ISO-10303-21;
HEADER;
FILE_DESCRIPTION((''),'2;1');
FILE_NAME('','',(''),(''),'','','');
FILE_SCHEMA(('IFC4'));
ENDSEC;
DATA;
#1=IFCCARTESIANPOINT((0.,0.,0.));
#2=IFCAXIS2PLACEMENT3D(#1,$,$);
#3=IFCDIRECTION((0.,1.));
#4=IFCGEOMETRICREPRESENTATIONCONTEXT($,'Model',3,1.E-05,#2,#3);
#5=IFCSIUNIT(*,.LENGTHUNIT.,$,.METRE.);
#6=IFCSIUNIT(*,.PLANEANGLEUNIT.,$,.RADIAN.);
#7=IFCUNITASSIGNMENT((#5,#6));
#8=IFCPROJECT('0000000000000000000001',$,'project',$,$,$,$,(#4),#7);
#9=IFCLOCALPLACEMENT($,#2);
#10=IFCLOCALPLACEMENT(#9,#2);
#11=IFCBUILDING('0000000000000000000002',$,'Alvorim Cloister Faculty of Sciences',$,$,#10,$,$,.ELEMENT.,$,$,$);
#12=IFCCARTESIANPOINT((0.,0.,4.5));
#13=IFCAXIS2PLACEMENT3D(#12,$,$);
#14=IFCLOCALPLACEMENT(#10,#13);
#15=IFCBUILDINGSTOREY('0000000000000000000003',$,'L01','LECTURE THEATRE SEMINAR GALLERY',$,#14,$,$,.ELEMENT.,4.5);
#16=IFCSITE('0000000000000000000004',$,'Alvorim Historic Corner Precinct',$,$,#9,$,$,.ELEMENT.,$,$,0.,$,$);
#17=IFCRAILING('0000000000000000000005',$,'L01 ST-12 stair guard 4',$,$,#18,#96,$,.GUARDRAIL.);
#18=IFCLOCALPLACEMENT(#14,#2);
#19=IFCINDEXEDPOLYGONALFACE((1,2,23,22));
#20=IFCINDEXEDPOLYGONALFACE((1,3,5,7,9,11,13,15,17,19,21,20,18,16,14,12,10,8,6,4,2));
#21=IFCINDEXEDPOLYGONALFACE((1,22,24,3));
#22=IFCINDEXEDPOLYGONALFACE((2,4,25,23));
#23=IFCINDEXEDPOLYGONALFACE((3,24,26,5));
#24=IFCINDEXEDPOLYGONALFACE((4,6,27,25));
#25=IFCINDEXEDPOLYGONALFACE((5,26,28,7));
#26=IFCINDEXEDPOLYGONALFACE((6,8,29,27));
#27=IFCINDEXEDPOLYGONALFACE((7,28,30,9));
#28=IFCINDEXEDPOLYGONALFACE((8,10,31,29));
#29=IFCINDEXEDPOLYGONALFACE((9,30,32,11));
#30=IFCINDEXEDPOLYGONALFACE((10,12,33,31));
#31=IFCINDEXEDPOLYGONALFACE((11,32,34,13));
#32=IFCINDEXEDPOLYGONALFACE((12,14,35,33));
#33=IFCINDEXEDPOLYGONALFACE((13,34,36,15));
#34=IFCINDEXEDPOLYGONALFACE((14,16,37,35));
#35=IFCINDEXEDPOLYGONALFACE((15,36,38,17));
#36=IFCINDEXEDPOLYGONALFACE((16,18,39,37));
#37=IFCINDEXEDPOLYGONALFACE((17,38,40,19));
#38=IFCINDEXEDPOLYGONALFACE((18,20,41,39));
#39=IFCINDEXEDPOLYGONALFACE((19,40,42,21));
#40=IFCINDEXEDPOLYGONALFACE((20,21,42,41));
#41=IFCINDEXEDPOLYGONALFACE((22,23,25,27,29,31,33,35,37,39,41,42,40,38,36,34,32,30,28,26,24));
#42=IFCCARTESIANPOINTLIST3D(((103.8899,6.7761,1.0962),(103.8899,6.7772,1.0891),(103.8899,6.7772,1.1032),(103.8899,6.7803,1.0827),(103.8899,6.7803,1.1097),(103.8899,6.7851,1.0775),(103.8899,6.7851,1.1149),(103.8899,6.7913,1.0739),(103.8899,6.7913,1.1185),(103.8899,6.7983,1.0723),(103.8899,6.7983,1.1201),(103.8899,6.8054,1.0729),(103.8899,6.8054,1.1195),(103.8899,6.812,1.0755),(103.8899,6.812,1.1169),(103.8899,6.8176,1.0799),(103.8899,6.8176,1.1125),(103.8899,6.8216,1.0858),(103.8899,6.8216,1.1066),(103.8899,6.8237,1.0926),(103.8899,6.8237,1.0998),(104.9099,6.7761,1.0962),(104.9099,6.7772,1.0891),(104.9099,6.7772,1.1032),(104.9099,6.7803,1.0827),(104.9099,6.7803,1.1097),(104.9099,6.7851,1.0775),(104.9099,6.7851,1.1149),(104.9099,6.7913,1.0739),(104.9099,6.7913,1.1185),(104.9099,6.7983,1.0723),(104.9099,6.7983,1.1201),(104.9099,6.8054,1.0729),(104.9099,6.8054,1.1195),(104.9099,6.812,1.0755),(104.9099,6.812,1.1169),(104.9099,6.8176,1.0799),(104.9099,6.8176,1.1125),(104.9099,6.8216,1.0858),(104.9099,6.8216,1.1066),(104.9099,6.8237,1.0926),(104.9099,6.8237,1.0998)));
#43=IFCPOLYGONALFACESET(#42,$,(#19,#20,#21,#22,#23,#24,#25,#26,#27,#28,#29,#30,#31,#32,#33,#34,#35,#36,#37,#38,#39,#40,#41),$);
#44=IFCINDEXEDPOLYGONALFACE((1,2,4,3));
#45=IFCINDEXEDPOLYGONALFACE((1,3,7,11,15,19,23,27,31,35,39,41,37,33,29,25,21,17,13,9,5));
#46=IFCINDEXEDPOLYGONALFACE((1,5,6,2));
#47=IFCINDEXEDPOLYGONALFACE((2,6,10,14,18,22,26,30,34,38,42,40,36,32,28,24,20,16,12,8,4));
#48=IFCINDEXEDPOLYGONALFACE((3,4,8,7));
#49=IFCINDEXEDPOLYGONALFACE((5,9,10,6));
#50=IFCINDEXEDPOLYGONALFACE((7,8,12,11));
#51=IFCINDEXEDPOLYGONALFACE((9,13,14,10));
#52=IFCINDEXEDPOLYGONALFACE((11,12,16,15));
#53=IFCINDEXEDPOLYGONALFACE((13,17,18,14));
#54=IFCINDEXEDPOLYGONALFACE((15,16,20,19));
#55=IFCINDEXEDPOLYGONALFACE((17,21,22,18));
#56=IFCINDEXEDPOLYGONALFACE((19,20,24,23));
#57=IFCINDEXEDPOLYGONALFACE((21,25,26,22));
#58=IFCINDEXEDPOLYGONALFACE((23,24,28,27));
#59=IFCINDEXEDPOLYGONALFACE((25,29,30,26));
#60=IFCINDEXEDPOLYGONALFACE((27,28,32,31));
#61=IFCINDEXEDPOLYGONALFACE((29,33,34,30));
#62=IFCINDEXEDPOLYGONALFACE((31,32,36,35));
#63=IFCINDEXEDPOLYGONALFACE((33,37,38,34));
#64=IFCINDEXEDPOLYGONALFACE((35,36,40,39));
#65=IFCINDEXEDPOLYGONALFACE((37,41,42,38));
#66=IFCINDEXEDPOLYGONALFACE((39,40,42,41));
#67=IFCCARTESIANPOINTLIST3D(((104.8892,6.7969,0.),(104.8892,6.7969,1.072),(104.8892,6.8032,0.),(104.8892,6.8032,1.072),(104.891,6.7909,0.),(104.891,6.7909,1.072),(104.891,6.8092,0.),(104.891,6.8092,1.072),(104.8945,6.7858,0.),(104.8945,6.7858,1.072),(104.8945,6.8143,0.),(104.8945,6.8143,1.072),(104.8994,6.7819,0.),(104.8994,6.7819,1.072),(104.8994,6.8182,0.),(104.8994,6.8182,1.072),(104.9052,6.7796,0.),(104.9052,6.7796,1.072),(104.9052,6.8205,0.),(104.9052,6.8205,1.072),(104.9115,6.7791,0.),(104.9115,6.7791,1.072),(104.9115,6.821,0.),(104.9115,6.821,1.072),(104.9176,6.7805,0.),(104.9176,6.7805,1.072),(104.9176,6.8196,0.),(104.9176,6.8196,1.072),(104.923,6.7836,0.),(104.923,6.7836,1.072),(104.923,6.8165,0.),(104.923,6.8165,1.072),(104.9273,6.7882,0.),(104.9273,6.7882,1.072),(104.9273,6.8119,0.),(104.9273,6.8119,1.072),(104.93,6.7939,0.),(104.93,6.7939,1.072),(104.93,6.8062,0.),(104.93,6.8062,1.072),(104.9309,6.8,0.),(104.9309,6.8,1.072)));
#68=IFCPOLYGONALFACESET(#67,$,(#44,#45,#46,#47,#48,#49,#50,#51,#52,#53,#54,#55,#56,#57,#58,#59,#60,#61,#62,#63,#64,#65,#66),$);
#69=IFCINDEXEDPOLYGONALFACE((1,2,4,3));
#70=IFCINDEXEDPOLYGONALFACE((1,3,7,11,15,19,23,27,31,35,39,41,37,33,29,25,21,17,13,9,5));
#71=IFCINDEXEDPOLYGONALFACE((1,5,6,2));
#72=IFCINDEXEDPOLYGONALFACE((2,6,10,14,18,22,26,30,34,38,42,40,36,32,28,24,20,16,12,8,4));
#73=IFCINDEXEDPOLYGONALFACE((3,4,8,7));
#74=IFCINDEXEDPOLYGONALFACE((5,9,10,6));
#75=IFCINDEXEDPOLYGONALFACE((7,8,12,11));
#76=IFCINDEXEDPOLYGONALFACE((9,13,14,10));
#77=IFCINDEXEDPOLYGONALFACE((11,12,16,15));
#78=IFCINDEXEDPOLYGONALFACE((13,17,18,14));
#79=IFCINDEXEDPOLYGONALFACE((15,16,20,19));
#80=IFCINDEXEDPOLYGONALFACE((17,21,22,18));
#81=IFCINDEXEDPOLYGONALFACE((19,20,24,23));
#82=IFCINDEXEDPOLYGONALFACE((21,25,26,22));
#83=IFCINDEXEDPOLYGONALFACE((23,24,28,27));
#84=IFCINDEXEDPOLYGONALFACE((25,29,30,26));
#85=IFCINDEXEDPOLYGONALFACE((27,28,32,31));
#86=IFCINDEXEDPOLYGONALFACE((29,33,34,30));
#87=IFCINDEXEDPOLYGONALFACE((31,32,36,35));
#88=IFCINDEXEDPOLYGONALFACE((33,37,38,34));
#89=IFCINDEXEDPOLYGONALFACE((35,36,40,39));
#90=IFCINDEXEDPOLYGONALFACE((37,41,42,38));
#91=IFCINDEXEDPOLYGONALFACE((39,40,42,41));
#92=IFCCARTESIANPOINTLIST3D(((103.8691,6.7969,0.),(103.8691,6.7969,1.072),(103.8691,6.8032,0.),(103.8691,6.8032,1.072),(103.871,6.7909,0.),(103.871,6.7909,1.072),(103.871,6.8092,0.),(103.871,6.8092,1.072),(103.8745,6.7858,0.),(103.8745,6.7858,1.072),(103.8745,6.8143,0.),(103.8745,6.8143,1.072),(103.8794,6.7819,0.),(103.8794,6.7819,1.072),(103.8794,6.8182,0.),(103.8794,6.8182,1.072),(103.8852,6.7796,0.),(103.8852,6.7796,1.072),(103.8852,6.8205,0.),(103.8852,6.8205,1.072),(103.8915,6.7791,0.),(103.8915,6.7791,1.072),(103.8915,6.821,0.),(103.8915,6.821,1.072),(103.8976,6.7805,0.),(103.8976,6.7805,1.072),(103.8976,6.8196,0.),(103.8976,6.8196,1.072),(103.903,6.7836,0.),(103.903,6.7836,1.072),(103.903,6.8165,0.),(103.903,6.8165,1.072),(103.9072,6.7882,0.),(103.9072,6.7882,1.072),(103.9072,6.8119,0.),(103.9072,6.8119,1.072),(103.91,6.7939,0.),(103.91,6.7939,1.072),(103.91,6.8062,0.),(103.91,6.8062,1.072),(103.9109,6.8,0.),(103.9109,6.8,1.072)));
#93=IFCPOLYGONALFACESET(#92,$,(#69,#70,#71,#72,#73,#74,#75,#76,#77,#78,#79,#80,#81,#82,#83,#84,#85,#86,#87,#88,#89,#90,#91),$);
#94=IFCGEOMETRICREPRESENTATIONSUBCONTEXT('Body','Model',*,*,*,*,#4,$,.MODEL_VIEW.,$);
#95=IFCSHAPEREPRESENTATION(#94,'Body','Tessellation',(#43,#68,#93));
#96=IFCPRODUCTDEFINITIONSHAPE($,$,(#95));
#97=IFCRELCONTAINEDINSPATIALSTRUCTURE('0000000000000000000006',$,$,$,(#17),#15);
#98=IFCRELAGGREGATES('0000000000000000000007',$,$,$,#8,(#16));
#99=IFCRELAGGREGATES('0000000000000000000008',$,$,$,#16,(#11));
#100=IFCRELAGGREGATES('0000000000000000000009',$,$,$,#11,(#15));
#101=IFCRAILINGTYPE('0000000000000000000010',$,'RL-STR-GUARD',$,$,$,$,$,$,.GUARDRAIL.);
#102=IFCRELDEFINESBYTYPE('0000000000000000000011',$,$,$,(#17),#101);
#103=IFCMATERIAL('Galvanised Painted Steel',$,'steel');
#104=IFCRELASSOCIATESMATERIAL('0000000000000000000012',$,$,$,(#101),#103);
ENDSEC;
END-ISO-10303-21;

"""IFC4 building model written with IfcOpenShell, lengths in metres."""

from ifc_helpers import new_model, si_unit, direction, frame, origin, origin_2d, place, context, subcontext, project, spatial, circle, extrude, material, type_object, element, save


model = new_model("IFC4")

# Units and contexts
model_context = context("Model", 3, precision=1e-05, world=origin(), true_north=direction((0.0, 1.0)))
body_context = subcontext(model_context, "Body", "Model", "MODEL_VIEW")
ifc_project = project(units=[si_unit("LENGTHUNIT", "METRE"), si_unit("PLANEANGLEUNIT", "RADIAN")], contexts=[model_context])

# Site, building, storey
site_placement = place(None, origin())
site = spatial("IfcSite", under=ifc_project, at=site_placement, Name="Alvorim Historic Corner Precinct", CompositionType="ELEMENT", RefElevation=0.0)
building_placement = place(site_placement, origin())
building = spatial("IfcBuilding", under=site, at=building_placement, Name="Alvorim Cloister Faculty of Sciences", CompositionType="ELEMENT")
storey_placement = place(building_placement, frame((0.0, 0.0, 4.5)))
storey = spatial("IfcBuildingStorey", under=building, at=storey_placement, Name="L01", Description="LECTURE THEATRE SEMINAR GALLERY", CompositionType="ELEMENT", Elevation=4.5)

# Railing
ifc_material_1 = material(Name="Galvanised Painted Steel", Category="steel")
railing_type_1 = type_object("IfcRailingType", Name="RL-STR-GUARD", PredefinedType="GUARDRAIL", material=ifc_material_1)
railing_1_placement = place(storey_placement, frame((104.9099, 6.8, 0.0)))
element("IfcRailing", 1, at=railing_1_placement, inside=storey, type_object=railing_type_1, Name="L01 ST-12 stair guard 4", PredefinedType="GUARDRAIL", context=body_context, shape_type="SweptSolid", body=[
    extrude(circle(Radius=0.0239, at=origin_2d()), frame((0.0, 0.0, 1.0962), z_axis=(-1.0, 0.0, 0.0), x_axis=(0.0, -1.0, 0.0)), (0.0, 0.0, 1.0), 1.02),
    extrude(circle(Radius=0.021, at=origin_2d()), origin(), (0.0, 0.0, 1.0), 1.072),
    extrude(circle(Radius=0.021, at=origin_2d()), frame((-1.02, 0.0, 0.0)), (0.0, 0.0, 1.0), 1.072),
])

save(model, "model.ifc")
